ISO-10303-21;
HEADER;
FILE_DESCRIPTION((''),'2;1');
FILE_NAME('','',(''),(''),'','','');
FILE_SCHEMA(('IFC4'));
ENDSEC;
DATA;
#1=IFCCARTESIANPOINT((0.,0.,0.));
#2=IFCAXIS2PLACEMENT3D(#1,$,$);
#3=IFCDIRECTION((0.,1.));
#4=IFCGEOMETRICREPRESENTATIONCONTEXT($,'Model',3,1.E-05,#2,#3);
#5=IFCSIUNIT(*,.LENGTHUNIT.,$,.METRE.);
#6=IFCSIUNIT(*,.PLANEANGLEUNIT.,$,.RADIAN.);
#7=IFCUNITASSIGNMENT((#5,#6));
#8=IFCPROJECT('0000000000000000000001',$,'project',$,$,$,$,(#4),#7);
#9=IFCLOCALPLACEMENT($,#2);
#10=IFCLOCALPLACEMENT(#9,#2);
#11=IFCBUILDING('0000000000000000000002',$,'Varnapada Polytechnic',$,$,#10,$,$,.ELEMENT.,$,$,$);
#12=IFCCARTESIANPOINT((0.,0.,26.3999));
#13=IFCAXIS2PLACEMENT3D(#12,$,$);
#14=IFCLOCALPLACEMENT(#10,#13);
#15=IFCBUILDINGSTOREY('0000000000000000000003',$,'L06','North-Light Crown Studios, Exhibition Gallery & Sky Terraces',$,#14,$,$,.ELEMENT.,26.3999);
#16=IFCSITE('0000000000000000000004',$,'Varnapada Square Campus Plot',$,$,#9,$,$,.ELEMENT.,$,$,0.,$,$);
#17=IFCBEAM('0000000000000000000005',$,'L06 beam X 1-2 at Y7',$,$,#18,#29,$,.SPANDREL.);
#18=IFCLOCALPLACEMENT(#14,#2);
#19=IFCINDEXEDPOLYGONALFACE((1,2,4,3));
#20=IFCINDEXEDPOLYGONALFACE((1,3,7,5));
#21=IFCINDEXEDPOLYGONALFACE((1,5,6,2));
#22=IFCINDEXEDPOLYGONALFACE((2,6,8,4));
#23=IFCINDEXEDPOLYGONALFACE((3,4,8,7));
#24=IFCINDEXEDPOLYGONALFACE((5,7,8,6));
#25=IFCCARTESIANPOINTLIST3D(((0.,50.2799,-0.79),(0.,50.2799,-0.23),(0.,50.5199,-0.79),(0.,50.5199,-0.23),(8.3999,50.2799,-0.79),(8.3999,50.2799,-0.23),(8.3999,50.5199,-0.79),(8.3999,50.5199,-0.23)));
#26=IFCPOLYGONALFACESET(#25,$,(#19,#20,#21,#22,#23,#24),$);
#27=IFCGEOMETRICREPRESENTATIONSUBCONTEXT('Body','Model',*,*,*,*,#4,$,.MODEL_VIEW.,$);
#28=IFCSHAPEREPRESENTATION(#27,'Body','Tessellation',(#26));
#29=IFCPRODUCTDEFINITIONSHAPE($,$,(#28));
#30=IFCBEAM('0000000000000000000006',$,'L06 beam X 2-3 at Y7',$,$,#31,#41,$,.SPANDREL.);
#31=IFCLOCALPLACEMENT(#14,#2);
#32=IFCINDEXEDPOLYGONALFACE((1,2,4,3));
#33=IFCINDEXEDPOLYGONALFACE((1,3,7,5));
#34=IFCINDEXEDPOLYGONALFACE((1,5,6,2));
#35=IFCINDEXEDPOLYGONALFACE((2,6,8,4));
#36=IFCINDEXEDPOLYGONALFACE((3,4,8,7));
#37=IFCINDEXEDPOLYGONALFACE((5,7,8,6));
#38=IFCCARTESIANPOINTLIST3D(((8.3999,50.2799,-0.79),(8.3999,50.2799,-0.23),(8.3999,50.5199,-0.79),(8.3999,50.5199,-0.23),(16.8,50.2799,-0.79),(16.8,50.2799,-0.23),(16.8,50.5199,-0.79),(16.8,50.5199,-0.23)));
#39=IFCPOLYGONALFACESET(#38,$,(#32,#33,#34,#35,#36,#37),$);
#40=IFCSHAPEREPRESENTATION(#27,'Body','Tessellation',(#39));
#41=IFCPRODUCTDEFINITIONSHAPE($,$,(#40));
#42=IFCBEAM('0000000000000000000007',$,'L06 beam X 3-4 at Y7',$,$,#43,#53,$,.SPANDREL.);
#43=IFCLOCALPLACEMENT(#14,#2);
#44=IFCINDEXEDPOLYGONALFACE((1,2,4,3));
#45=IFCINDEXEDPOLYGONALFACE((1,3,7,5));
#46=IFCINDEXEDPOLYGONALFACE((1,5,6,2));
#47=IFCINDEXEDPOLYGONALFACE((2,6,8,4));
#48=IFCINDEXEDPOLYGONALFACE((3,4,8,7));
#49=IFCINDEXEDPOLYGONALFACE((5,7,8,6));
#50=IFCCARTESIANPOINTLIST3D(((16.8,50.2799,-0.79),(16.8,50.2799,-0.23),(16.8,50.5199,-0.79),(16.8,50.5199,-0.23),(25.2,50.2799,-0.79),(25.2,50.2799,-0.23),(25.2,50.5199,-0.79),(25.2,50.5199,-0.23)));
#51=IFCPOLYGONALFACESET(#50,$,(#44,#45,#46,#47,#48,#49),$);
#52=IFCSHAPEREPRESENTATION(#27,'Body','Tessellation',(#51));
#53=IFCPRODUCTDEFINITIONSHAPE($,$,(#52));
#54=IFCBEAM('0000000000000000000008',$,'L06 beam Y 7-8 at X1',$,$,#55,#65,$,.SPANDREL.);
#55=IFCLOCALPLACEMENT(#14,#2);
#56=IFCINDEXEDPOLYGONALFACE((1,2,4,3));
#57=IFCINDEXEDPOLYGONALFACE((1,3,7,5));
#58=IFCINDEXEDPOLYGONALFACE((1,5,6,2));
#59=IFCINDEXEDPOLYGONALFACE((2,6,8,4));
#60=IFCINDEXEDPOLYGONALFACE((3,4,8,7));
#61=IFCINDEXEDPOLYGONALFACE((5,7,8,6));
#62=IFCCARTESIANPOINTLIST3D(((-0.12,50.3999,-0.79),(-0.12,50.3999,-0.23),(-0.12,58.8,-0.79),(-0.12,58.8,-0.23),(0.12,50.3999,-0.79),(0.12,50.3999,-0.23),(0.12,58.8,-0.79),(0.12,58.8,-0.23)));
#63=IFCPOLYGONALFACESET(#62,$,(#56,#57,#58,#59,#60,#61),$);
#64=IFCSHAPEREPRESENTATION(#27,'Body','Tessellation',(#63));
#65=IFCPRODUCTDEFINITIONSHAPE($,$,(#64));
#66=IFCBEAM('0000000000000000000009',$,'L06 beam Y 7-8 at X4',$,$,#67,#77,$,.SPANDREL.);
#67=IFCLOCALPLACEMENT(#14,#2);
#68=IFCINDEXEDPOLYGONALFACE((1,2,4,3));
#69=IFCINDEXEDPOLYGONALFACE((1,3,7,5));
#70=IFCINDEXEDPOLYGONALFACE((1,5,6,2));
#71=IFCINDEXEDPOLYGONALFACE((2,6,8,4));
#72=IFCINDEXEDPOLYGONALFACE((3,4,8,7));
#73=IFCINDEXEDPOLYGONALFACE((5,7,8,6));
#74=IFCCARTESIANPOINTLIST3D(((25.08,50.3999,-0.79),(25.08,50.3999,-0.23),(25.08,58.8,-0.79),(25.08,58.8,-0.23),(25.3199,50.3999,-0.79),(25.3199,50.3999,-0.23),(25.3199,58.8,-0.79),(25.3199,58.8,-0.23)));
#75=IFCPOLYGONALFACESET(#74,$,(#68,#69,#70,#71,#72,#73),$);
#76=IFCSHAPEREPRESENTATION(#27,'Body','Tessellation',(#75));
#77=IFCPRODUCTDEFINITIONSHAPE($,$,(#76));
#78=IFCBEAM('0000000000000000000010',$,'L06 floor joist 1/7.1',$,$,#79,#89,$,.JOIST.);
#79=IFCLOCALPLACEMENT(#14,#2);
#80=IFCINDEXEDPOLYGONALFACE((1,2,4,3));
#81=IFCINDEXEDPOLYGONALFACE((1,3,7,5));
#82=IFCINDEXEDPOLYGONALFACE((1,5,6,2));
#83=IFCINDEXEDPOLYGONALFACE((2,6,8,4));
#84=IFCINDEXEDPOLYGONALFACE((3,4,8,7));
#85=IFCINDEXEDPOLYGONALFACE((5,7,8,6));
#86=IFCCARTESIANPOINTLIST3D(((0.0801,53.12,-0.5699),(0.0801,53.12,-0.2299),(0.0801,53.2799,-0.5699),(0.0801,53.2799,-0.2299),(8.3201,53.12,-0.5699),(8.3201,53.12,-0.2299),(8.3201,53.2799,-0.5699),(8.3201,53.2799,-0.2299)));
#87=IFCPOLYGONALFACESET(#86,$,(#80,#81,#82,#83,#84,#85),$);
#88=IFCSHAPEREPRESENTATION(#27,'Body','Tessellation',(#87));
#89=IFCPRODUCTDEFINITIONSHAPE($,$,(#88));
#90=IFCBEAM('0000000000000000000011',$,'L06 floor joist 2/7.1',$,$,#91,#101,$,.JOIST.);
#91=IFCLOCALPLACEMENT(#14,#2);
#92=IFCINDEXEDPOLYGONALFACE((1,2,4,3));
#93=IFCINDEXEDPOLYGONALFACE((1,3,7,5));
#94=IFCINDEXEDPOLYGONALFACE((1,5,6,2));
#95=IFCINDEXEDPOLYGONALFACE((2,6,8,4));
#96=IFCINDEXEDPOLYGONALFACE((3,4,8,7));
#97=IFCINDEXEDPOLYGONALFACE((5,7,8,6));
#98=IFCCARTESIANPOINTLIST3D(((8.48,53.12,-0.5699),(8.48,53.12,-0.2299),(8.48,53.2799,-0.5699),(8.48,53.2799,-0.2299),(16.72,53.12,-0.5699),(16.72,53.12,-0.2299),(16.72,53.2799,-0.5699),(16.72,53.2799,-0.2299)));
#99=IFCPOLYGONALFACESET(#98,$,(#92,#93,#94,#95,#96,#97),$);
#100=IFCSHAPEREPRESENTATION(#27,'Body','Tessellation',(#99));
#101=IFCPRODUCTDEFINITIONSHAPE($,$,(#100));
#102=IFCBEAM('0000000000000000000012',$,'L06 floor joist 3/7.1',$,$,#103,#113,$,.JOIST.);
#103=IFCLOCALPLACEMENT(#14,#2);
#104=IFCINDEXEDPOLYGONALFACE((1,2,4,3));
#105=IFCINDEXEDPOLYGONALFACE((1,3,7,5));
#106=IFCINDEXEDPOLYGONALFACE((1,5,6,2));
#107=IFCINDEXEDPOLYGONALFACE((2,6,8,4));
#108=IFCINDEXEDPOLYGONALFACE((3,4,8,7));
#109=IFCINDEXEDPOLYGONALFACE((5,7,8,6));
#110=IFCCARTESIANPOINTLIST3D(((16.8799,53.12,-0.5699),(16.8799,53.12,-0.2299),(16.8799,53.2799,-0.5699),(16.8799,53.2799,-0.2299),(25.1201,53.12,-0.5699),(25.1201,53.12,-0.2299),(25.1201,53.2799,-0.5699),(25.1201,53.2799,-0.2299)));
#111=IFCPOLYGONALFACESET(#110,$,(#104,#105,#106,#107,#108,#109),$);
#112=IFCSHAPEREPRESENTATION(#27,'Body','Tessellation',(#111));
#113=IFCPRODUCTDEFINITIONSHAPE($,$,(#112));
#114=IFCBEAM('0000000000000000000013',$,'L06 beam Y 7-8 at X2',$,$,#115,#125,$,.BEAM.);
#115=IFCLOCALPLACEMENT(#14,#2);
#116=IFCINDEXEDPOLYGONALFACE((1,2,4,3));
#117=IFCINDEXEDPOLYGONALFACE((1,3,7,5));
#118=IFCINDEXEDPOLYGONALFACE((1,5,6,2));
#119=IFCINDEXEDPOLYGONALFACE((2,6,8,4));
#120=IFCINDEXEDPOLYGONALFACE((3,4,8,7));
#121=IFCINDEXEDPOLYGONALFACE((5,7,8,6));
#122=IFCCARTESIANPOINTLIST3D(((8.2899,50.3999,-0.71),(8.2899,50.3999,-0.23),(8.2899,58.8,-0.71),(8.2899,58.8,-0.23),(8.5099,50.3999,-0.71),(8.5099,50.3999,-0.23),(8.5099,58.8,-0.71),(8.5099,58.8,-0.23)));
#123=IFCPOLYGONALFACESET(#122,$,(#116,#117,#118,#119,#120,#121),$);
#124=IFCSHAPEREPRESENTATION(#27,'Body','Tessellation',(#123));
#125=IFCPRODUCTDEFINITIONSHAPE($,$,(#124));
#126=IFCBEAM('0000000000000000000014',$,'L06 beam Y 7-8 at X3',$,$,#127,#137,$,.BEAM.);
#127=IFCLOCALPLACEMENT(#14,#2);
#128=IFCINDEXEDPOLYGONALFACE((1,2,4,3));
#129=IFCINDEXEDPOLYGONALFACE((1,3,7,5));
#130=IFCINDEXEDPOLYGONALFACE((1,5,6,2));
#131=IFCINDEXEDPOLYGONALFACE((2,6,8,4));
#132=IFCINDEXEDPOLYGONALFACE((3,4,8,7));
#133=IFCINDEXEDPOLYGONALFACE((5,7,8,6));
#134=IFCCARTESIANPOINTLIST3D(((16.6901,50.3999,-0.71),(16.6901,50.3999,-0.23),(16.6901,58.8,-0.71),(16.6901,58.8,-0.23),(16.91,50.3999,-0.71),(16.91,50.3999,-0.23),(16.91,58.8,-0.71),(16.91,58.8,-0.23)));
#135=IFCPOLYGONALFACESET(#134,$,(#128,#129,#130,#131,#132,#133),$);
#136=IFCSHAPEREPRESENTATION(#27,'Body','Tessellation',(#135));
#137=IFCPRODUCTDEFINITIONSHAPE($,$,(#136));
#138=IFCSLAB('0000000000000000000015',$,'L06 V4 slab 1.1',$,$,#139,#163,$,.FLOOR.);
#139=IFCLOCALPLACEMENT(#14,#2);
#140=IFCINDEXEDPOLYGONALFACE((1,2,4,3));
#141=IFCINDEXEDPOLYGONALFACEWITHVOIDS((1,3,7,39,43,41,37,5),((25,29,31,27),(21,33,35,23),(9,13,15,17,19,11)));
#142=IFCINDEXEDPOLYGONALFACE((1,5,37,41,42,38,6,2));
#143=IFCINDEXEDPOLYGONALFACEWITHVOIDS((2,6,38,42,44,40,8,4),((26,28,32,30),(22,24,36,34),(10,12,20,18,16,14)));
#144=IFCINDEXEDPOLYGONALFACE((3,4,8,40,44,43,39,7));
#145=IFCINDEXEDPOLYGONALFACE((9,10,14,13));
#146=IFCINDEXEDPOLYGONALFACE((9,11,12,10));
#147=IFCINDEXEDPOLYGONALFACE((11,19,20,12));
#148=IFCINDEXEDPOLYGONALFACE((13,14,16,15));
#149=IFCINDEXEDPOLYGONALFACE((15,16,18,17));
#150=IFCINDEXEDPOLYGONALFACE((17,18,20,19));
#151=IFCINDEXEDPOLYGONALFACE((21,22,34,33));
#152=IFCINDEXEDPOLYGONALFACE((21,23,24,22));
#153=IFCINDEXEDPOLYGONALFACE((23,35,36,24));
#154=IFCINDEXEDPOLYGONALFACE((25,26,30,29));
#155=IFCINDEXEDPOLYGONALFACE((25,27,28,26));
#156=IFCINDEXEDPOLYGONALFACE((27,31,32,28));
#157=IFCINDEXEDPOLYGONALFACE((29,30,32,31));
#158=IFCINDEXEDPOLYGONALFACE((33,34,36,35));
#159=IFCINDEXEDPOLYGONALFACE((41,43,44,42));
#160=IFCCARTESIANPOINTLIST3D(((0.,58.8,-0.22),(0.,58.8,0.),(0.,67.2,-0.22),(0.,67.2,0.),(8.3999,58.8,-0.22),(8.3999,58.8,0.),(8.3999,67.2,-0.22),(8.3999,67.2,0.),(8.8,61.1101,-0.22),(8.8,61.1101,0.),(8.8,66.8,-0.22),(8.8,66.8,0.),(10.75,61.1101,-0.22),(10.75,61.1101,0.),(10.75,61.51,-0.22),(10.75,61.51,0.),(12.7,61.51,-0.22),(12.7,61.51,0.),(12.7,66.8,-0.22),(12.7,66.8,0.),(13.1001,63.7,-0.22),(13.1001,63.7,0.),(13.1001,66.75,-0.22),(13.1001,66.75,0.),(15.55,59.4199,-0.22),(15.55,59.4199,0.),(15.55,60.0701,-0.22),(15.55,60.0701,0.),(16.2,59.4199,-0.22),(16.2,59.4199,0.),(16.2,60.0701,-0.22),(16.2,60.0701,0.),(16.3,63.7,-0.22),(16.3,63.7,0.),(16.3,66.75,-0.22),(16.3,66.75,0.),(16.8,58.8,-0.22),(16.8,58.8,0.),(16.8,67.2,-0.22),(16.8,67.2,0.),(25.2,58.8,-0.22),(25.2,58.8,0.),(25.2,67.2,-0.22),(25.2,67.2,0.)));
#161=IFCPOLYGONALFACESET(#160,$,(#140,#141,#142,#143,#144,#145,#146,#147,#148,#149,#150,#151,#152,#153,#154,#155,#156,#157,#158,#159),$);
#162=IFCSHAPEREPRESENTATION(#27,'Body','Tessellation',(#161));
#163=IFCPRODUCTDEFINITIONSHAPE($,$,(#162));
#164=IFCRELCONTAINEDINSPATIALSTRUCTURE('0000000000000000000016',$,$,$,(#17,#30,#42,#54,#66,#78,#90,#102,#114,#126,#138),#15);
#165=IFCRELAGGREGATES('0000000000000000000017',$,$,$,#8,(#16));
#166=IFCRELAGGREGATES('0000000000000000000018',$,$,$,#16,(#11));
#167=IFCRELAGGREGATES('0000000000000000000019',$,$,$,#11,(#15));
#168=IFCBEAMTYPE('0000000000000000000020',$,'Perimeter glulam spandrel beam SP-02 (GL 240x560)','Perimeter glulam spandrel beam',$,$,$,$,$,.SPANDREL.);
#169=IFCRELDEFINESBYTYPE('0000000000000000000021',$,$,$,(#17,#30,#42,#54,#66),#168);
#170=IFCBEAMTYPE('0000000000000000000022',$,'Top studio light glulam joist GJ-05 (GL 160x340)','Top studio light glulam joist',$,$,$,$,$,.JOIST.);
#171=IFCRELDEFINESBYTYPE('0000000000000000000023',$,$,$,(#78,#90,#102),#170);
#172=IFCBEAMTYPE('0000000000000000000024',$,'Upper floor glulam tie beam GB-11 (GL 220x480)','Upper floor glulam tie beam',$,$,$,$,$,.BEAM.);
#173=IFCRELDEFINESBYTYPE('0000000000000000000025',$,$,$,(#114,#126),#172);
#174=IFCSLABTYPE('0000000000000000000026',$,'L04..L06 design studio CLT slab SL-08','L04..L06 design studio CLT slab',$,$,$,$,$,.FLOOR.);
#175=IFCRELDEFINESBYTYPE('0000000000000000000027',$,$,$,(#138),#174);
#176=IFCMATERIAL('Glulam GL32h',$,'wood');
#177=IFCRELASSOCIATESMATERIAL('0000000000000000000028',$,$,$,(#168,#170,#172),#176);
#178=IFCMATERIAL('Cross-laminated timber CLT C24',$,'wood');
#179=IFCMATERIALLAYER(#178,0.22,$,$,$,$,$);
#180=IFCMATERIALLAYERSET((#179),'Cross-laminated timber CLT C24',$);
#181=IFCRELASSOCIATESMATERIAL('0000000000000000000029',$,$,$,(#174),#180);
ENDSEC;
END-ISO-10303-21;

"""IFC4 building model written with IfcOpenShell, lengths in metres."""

from ifc_helpers import new_model, si_unit, direction, frame, origin, origin_2d, place, context, subcontext, project, spatial, polyline, rectangle, outline, extrude, material, layer, layer_set, material_profile, profile_set, type_object, element, save


model = new_model("IFC4")

# Units and contexts
model_context = context("Model", 3, precision=1e-05, world=origin(), true_north=direction((0.0, 1.0)))
body_context = subcontext(model_context, "Body", "Model", "MODEL_VIEW")
ifc_project = project(units=[si_unit("LENGTHUNIT", "METRE"), si_unit("PLANEANGLEUNIT", "RADIAN")], contexts=[model_context])

# Site, building, storey
site_placement = place(None, origin())
site = spatial("IfcSite", under=ifc_project, at=site_placement, Name="Varnapada Square Campus Plot", CompositionType="ELEMENT", RefElevation=0.0)
building_placement = place(site_placement, origin())
building = spatial("IfcBuilding", under=site, at=building_placement, Name="Varnapada Polytechnic", CompositionType="ELEMENT")
storey_placement = place(building_placement, frame((0.0, 0.0, 26.3999)))
storey = spatial("IfcBuildingStorey", under=building, at=storey_placement, Name="L06", Description="North-Light Crown Studios, Exhibition Gallery & Sky Terraces", CompositionType="ELEMENT", Elevation=26.3999)

# Beams
ifc_material_1 = material(Name="Glulam GL32h", Category="wood")
ifc_material_profile_1 = material_profile(ifc_material_1, rectangle(XDim=0.24, YDim=0.5601, at=origin_2d()), Name="GL 240x560")
ifc_profile_set_1 = profile_set([ifc_material_profile_1], Name="Glulam GL32h")
beam_type_1 = type_object("IfcBeamType", Name="Perimeter glulam spandrel beam SP-02 (GL 240x560)", Description="Perimeter glulam spandrel beam", PredefinedType="SPANDREL", material=ifc_profile_set_1)
beam_1_placement = place(storey_placement, frame((0.0, 50.3999, -0.51), z_axis=(1.0, 0.0, 0.0), x_axis=(0.0, 1.0, 0.0)))
element("IfcBeam", 1, at=beam_1_placement, inside=storey, type_object=beam_type_1, Name="L06 beam X 1-2 at Y7", PredefinedType="SPANDREL", context=body_context, shape_type="SweptSolid", body=[
    extrude(rectangle(XDim=0.24, YDim=0.5601, at=origin_2d()), origin(), (0.0, 0.0, 1.0), 8.3999),
])
beam_2_placement = place(storey_placement, frame((8.3999, 50.3999, -0.51), z_axis=(1.0, 0.0, 0.0), x_axis=(0.0, 1.0, 0.0)))
element("IfcBeam", 2, at=beam_2_placement, inside=storey, type_object=beam_type_1, Name="L06 beam X 2-3 at Y7", PredefinedType="SPANDREL", context=body_context, shape_type="SweptSolid", body=[
    extrude(rectangle(XDim=0.24, YDim=0.5601, at=origin_2d()), origin(), (0.0, 0.0, 1.0), 8.4001),
])
beam_3_placement = place(storey_placement, frame((16.8, 50.3999, -0.51), z_axis=(1.0, 0.0, 0.0), x_axis=(0.0, 1.0, 0.0)))
element("IfcBeam", 3, at=beam_3_placement, inside=storey, type_object=beam_type_1, Name="L06 beam X 3-4 at Y7", PredefinedType="SPANDREL", context=body_context, shape_type="SweptSolid", body=[
    extrude(rectangle(XDim=0.24, YDim=0.5601, at=origin_2d()), origin(), (0.0, 0.0, 1.0), 8.3999),
])
for number, where, z_axis, x_axis, name in (
    (4, (0.0, 50.3999, -0.51), (0.0, 1.0, 0.0), (-1.0, 0.0, 0.0), "L06 beam Y 7-8 at X1"),
    (5, (25.2, 50.3999, -0.51), (0.0, 1.0, 0.0), (-1.0, 0.0, 0.0), "L06 beam Y 7-8 at X4"),
):
    element("IfcBeam", number, at=place(storey_placement, frame(where, z_axis=z_axis, x_axis=x_axis)), inside=storey, type_object=beam_type_1, Name=name, PredefinedType="SPANDREL", context=body_context, shape_type="SweptSolid", body=[
        extrude(rectangle(XDim=0.24, YDim=0.5601, at=origin_2d()), origin(), (0.0, 0.0, 1.0), 8.4001),
    ])
ifc_material_profile_2 = material_profile(ifc_material_1, rectangle(XDim=0.1599, YDim=0.3401, at=origin_2d()), Name="GL 160x340")
ifc_profile_set_2 = profile_set([ifc_material_profile_2], Name="Glulam GL32h")
beam_type_2 = type_object("IfcBeamType", Name="Top studio light glulam joist GJ-05 (GL 160x340)", Description="Top studio light glulam joist", PredefinedType="JOIST", material=ifc_profile_set_2)
for number, where, z_axis, x_axis, name in (
    (6, (0.0801, 53.2, -0.3999), (1.0, 0.0, 0.0), (0.0, 1.0, 0.0), "L06 floor joist 1/7.1"),
    (7, (8.48, 53.2, -0.3999), (1.0, 0.0, 0.0), (0.0, 1.0, 0.0), "L06 floor joist 2/7.1"),
):
    element("IfcBeam", number, at=place(storey_placement, frame(where, z_axis=z_axis, x_axis=x_axis)), inside=storey, type_object=beam_type_2, Name=name, PredefinedType="JOIST", context=body_context, shape_type="SweptSolid", body=[
        extrude(rectangle(XDim=0.1599, YDim=0.3401, at=origin_2d()), origin(), (0.0, 0.0, 1.0), 8.24),
    ])
beam_4_placement = place(storey_placement, frame((16.8799, 53.2, -0.3999), z_axis=(1.0, 0.0, 0.0), x_axis=(0.0, 1.0, 0.0)))
element("IfcBeam", 8, at=beam_4_placement, inside=storey, type_object=beam_type_2, Name="L06 floor joist 3/7.1", PredefinedType="JOIST", context=body_context, shape_type="SweptSolid", body=[
    extrude(rectangle(XDim=0.1599, YDim=0.3401, at=origin_2d()), origin(), (0.0, 0.0, 1.0), 8.2402),
])
ifc_material_profile_3 = material_profile(ifc_material_1, rectangle(XDim=0.22, YDim=0.48, at=origin_2d()), Name="GL 220x480")
ifc_profile_set_3 = profile_set([ifc_material_profile_3], Name="Glulam GL32h")
beam_type_3 = type_object("IfcBeamType", Name="Upper floor glulam tie beam GB-11 (GL 220x480)", Description="Upper floor glulam tie beam", PredefinedType="BEAM", material=ifc_profile_set_3)
for number, where, z_axis, x_axis, name in (
    (9, (8.3999, 50.3999, -0.47), (0.0, 1.0, 0.0), (-1.0, 0.0, 0.0), "L06 beam Y 7-8 at X2"),
    (10, (16.8, 50.3999, -0.47), (0.0, 1.0, 0.0), (-1.0, 0.0, 0.0), "L06 beam Y 7-8 at X3"),
):
    element("IfcBeam", number, at=place(storey_placement, frame(where, z_axis=z_axis, x_axis=x_axis)), inside=storey, type_object=beam_type_3, Name=name, PredefinedType="BEAM", context=body_context, shape_type="SweptSolid", body=[
        extrude(rectangle(XDim=0.22, YDim=0.48, at=origin_2d()), origin(), (0.0, 0.0, 1.0), 8.4001),
    ])

# Slab
ifc_material_2 = material(Name="Cross-laminated timber CLT C24", Category="wood")
ifc_layer_1 = layer(ifc_material_2, 0.22)
ifc_layer_set_1 = layer_set([ifc_layer_1], Name="Cross-laminated timber CLT C24")
slab_type_1 = type_object("IfcSlabType", Name="L04..L06 design studio CLT slab SL-08", Description="L04..L06 design studio CLT slab", PredefinedType="FLOOR", material=ifc_layer_set_1)
slab_1_placement = place(storey_placement, frame((0.0, 0.0, -0.22)))
element("IfcSlab", 11, at=slab_1_placement, inside=storey, type_object=slab_type_1, Name="L06 V4 slab 1.1", PredefinedType="FLOOR", context=body_context, shape_type="SweptSolid", body=[
    extrude(outline(polyline([(0.0, 58.8), (0.0, 67.2), (8.3999, 67.2), (16.8, 67.2), (25.2, 67.2), (25.2, 58.8), (16.8, 58.8), (8.3999, 58.8), (0.0, 58.8)]), holes=[polyline([(8.8, 61.1101), (10.75, 61.1101), (10.75, 61.51), (12.7, 61.51), (12.7, 66.8), (8.8, 66.8), (8.8, 61.1101)]), polyline([(13.1001, 63.7), (16.3, 63.7), (16.3, 66.75), (13.1001, 66.75), (13.1001, 63.7)]), polyline([(15.55, 59.4199), (16.2, 59.4199), (16.2, 60.0701), (15.55, 60.0701), (15.55, 59.4199)])]), origin(), (0.0, 0.0, 1.0), 0.22),
])

save(model, "model.ifc")
